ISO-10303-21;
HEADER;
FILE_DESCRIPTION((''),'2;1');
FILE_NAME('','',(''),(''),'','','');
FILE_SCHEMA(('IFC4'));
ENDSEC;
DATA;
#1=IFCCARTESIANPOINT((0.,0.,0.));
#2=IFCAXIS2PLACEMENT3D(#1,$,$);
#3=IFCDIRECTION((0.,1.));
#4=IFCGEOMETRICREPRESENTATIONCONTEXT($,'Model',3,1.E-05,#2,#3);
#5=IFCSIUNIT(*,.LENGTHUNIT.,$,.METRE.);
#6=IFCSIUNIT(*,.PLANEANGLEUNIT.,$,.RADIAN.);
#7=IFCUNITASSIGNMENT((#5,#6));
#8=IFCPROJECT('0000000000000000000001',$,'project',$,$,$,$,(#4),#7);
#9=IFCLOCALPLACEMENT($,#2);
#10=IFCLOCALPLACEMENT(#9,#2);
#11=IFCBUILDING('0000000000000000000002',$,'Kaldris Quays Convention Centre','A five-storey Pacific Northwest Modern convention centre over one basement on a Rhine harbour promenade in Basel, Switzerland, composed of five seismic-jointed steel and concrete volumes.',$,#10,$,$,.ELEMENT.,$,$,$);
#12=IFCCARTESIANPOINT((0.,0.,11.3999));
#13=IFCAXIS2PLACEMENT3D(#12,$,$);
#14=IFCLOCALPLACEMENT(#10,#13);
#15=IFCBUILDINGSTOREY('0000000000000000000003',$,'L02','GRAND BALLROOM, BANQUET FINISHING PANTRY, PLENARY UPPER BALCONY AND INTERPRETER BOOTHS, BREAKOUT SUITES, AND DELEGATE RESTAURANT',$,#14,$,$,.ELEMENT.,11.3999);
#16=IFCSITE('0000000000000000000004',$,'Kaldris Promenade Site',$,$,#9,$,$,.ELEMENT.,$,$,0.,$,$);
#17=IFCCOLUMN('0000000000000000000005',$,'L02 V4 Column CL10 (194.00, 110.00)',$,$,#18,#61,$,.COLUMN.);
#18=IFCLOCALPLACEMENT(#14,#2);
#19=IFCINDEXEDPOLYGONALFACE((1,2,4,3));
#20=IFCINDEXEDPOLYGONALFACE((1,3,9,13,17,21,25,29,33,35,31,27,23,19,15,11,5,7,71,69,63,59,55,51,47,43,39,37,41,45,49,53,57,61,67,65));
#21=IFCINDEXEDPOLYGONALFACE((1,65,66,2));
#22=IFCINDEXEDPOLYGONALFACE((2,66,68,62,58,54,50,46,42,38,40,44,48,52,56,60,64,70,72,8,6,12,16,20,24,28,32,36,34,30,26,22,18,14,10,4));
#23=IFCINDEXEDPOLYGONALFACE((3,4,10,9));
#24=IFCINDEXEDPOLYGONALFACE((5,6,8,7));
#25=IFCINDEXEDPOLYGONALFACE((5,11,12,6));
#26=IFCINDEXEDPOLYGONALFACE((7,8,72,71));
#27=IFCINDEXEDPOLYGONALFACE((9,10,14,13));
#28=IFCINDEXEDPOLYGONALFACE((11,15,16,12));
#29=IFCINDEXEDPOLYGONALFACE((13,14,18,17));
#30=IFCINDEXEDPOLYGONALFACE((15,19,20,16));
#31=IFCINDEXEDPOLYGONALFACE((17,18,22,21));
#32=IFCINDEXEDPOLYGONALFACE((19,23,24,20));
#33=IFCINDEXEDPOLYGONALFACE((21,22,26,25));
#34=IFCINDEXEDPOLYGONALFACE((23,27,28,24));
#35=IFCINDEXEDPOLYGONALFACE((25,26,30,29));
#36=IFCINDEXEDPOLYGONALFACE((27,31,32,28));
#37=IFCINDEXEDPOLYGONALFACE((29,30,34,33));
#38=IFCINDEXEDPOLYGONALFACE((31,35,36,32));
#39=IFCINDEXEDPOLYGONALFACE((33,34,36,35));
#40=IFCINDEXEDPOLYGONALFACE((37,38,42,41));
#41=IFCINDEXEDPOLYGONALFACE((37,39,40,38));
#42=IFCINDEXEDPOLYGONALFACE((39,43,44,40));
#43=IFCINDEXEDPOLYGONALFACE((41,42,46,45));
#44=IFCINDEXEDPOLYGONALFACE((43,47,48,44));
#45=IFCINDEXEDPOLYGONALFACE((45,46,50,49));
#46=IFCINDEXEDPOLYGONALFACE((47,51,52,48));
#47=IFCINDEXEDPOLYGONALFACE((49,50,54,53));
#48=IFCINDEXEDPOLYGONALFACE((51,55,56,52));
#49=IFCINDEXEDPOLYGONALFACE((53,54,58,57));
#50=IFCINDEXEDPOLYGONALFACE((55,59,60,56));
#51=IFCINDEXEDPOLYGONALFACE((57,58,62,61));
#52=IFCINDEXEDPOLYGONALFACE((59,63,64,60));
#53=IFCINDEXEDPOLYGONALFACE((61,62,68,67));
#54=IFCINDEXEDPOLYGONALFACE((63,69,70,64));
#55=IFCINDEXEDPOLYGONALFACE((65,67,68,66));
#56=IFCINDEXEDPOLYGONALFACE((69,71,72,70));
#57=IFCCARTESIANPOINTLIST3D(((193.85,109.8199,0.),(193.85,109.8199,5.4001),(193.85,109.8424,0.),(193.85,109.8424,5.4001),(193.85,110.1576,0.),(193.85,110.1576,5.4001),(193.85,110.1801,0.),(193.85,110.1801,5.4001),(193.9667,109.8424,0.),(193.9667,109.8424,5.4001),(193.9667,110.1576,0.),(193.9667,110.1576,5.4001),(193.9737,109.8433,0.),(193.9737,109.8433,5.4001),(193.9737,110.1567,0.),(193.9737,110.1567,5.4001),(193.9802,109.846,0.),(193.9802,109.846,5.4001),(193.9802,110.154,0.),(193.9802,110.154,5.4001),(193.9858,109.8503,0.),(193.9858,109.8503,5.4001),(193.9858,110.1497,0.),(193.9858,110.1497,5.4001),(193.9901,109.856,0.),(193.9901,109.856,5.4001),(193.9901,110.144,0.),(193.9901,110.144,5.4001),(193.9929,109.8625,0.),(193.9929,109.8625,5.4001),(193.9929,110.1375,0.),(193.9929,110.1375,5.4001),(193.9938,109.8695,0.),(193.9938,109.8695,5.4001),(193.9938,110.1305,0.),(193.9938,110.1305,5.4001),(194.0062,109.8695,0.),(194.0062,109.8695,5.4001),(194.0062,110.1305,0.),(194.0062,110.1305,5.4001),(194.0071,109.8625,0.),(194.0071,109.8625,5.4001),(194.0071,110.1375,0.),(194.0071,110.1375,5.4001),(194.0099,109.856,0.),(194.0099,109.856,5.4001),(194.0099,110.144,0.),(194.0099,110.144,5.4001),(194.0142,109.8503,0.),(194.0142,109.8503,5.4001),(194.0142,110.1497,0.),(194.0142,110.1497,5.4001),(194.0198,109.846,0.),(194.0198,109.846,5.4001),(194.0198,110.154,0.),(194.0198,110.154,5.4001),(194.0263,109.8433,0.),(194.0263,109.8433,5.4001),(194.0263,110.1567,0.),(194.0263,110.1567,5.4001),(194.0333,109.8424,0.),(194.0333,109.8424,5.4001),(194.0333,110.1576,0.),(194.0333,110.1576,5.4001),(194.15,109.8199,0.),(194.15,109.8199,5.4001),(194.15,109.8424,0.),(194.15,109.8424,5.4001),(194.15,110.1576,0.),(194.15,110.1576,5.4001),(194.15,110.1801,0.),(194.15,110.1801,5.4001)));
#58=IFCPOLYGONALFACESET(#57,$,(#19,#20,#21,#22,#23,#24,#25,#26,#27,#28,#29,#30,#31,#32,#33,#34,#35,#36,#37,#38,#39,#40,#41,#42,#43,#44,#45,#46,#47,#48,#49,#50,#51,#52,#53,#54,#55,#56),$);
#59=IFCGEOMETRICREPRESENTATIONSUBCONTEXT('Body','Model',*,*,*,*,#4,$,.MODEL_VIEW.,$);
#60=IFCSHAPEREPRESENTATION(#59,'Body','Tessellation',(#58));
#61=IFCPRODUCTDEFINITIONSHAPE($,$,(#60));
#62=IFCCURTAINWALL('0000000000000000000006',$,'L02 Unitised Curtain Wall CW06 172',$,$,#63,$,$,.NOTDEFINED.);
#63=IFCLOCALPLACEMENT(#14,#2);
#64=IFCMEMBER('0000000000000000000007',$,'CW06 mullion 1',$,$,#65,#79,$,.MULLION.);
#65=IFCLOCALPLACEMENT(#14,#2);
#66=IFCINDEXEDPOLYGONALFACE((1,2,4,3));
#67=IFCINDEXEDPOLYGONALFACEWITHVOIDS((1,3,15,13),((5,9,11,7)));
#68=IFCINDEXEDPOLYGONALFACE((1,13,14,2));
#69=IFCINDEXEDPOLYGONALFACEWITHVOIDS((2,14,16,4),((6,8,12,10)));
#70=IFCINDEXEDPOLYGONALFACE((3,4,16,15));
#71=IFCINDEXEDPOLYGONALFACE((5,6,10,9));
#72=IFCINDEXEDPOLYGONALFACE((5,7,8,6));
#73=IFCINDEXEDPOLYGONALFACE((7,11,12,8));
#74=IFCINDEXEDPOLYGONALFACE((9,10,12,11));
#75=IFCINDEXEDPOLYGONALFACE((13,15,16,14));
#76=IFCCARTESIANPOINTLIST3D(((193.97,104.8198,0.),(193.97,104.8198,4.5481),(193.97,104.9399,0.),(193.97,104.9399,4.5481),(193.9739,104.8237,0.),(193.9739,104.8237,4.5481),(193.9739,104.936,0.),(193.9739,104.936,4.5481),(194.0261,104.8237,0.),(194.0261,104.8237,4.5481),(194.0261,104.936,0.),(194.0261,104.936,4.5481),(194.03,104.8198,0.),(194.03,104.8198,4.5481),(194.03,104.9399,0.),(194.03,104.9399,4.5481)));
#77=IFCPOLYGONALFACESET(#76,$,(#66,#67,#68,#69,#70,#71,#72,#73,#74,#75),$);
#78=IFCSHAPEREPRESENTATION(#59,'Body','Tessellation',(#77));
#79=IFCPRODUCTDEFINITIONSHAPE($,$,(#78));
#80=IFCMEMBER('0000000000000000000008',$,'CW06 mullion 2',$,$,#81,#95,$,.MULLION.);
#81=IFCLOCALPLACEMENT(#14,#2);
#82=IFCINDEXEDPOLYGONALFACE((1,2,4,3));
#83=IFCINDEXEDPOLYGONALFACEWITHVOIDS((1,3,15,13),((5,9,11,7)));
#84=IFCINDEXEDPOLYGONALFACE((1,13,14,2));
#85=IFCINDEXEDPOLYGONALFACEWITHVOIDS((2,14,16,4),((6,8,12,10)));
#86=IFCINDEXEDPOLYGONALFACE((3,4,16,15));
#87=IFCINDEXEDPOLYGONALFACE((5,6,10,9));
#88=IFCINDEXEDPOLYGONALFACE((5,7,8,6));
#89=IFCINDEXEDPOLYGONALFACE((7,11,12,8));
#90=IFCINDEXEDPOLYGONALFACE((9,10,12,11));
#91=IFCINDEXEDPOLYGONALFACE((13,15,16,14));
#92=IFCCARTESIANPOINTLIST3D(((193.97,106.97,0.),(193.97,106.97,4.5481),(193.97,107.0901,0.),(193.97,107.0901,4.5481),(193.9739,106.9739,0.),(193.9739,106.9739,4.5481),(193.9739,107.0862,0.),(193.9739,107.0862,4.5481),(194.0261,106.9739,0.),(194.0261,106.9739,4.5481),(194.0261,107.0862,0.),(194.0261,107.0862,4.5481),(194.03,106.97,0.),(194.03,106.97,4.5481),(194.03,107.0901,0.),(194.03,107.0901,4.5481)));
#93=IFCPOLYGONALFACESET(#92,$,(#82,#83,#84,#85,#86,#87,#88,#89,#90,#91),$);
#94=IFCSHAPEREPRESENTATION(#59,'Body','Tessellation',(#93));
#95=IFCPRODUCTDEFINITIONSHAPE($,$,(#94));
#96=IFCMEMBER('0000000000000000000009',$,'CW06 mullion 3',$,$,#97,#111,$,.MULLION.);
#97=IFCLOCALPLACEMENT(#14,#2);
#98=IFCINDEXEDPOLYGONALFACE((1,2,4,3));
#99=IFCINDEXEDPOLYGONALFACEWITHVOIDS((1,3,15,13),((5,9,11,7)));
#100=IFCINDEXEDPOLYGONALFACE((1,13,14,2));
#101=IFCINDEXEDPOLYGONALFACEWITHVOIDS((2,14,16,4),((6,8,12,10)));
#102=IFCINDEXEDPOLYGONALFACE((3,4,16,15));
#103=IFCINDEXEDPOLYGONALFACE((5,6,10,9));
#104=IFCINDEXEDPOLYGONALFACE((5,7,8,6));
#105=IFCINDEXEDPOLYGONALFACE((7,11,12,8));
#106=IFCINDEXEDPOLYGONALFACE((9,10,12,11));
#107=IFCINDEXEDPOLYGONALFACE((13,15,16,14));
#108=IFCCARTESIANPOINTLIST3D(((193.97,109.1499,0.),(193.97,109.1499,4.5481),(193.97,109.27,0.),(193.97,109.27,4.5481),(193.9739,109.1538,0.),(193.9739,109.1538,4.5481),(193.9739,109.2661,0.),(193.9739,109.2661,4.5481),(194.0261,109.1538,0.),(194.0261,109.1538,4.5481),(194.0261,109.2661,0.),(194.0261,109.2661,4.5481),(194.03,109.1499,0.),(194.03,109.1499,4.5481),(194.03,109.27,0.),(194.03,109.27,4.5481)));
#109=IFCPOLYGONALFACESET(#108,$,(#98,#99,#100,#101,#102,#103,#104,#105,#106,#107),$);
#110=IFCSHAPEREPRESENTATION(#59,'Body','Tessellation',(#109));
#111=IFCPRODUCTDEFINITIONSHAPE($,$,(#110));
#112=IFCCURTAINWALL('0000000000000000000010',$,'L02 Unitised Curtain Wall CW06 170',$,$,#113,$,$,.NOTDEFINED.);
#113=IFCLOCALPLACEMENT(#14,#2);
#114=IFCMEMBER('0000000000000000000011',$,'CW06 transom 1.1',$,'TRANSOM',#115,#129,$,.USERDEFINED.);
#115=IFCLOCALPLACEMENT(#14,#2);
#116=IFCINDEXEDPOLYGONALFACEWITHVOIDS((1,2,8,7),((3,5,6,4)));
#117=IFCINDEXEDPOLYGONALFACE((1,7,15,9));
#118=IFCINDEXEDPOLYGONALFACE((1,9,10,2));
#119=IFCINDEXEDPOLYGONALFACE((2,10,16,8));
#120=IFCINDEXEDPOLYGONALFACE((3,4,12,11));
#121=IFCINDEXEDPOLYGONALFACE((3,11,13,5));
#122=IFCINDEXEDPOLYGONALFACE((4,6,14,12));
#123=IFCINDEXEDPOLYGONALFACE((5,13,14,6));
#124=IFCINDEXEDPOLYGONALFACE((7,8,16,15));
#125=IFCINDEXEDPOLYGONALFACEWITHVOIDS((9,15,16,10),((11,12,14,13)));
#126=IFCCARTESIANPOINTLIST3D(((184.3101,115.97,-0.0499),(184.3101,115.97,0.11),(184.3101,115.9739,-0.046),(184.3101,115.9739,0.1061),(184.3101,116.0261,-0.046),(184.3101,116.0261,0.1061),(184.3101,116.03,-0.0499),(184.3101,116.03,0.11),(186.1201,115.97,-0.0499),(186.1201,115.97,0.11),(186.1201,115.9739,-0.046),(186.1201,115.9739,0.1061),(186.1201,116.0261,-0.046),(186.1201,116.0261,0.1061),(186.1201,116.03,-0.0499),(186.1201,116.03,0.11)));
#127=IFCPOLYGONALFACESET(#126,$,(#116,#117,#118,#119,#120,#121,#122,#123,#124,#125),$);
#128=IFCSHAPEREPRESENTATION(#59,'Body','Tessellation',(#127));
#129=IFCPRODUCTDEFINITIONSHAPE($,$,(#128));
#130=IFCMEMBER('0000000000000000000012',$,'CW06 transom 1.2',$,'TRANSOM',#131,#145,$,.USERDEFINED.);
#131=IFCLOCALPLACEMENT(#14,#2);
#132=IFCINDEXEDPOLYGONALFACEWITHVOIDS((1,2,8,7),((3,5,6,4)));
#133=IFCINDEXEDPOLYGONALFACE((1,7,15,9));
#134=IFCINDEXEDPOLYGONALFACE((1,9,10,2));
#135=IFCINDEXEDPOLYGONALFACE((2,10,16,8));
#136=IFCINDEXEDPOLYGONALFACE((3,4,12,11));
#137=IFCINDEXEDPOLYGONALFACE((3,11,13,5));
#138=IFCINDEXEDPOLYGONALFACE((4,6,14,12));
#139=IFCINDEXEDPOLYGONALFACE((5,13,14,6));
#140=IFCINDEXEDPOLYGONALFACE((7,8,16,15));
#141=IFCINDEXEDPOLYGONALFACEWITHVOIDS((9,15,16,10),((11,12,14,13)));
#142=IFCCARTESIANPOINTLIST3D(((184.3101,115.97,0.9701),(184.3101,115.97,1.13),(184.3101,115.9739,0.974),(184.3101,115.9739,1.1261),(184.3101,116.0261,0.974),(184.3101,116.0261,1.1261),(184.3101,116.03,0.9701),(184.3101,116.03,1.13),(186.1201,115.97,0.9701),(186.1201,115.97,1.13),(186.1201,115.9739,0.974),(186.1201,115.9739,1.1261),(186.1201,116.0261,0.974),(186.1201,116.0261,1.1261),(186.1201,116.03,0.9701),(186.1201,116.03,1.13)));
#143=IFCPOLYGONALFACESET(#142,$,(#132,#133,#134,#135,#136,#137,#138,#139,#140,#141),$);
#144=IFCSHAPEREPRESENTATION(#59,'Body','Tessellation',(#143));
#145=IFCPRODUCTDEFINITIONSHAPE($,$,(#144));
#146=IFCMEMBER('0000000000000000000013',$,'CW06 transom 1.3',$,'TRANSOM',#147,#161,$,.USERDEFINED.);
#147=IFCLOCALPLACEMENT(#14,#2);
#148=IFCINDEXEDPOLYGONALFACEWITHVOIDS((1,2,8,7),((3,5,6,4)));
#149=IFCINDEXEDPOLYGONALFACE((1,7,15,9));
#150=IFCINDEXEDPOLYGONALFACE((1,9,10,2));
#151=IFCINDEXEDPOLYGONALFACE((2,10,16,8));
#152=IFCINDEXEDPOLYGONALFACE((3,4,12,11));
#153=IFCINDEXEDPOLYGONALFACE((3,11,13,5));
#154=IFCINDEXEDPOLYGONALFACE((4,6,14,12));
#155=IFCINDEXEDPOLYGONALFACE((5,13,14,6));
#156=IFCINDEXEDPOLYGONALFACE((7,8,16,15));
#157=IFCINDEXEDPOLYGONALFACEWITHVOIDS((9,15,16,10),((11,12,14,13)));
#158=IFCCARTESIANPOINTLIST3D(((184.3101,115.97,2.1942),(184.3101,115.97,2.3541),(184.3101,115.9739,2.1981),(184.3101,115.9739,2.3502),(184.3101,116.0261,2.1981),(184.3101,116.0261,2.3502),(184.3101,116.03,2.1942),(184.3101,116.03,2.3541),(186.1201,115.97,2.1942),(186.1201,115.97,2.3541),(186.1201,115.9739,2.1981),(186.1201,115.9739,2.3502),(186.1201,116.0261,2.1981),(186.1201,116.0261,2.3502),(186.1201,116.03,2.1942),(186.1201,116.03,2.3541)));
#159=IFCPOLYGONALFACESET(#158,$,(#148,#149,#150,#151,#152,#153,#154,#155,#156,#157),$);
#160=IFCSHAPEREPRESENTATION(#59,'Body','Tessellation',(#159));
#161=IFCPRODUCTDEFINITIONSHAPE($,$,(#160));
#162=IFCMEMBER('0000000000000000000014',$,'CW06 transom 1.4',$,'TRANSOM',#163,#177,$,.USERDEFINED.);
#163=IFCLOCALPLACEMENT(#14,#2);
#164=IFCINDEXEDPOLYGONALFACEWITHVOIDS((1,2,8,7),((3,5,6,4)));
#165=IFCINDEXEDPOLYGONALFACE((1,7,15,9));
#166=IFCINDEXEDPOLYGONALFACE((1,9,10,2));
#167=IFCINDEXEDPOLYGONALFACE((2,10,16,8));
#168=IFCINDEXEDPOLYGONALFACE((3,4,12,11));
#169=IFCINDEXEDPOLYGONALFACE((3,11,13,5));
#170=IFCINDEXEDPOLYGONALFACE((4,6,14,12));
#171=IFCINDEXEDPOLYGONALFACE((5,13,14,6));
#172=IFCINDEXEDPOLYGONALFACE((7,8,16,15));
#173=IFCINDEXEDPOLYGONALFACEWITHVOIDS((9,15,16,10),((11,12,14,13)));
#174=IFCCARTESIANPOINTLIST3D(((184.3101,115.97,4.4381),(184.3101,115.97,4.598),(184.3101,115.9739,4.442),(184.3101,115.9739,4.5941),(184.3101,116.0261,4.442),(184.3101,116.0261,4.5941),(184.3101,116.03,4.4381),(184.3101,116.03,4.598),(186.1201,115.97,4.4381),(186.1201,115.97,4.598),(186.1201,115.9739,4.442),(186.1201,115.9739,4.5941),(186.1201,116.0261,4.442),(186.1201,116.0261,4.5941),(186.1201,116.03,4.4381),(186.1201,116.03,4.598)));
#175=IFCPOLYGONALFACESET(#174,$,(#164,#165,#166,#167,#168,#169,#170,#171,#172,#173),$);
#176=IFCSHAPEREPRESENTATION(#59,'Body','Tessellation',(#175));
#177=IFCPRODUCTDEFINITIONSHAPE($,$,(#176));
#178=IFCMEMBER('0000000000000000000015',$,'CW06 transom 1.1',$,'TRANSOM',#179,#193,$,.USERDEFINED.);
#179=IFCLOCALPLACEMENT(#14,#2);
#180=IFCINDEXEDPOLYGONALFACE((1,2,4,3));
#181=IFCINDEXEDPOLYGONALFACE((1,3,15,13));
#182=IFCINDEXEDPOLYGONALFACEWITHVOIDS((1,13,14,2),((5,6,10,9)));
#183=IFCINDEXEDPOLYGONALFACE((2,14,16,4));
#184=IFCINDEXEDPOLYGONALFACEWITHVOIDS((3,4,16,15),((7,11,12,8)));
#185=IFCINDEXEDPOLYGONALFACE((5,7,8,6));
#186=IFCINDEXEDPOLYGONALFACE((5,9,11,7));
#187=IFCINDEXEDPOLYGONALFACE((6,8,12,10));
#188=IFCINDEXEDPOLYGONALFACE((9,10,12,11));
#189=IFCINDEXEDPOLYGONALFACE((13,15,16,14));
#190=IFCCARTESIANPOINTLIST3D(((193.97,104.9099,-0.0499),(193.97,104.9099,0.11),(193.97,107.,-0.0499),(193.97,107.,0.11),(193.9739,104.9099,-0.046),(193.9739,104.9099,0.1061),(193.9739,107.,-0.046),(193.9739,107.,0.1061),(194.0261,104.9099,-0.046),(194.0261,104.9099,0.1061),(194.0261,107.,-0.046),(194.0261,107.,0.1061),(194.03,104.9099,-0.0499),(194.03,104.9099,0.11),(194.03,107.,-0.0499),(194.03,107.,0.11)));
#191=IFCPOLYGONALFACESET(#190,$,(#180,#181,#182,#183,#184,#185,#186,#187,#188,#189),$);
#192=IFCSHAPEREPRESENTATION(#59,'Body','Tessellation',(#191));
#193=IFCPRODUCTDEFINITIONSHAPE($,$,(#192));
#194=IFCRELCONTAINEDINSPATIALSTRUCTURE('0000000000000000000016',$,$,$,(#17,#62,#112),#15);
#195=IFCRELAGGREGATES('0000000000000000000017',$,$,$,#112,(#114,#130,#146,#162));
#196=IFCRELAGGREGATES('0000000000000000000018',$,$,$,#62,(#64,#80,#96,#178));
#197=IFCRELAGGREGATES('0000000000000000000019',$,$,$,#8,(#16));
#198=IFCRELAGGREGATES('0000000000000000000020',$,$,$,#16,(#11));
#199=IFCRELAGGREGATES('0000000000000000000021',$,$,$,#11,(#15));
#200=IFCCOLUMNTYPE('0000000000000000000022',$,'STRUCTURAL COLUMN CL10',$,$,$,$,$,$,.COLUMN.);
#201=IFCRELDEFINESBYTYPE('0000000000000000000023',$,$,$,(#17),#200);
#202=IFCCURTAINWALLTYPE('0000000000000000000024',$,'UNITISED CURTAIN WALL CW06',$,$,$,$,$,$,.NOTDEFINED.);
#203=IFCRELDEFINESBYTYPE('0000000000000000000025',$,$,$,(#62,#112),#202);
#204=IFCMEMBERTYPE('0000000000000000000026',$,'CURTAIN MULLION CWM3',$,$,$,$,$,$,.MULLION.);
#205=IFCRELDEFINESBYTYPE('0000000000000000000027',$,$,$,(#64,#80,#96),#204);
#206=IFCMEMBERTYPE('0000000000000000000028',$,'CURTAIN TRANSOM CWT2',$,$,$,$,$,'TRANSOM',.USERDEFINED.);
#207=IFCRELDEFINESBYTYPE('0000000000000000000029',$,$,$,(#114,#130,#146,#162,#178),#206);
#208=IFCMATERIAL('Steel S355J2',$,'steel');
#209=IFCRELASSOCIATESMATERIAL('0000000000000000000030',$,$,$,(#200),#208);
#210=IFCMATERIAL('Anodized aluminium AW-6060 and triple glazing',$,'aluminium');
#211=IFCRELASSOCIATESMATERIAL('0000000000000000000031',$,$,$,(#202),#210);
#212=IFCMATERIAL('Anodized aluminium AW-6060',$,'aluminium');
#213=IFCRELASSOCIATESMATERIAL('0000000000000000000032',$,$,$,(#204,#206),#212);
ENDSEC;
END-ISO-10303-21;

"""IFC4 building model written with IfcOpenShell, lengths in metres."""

from ifc_helpers import new_model, si_unit, direction, frame, origin, origin_2d, place, context, subcontext, project, spatial, hollow_rectangle, i_section, extrude, material, material_profile, profile_set, type_object, element, aggregate, save


model = new_model("IFC4")

# Units and contexts
model_context = context("Model", 3, precision=1e-05, world=origin(), true_north=direction((0.0, 1.0)))
body_context = subcontext(model_context, "Body", "Model", "MODEL_VIEW")
ifc_project = project(units=[si_unit("LENGTHUNIT", "METRE"), si_unit("PLANEANGLEUNIT", "RADIAN")], contexts=[model_context])

# Site, building, storey
site_placement = place(None, origin())
site = spatial("IfcSite", under=ifc_project, at=site_placement, Name="Kaldris Promenade Site", CompositionType="ELEMENT", RefElevation=0.0)
building_placement = place(site_placement, origin())
building = spatial("IfcBuilding", under=site, at=building_placement, Name="Kaldris Quays Convention Centre", Description="A five-storey Pacific Northwest Modern convention centre over one basement on a Rhine harbour promenade in Basel, Switzerland, composed of five seismic-jointed steel and concrete volumes.", CompositionType="ELEMENT")
storey_placement = place(building_placement, frame((0.0, 0.0, 11.3999)))
storey = spatial("IfcBuildingStorey", under=building, at=storey_placement, Name="L02", Description="GRAND BALLROOM, BANQUET FINISHING PANTRY, PLENARY UPPER BALCONY AND INTERPRETER BOOTHS, BREAKOUT SUITES, AND DELEGATE RESTAURANT", CompositionType="ELEMENT", Elevation=11.3999)

# Column
ifc_material_1 = material(Name="Steel S355J2", Category="steel")
ifc_material_profile_1 = material_profile(ifc_material_1, i_section(OverallWidth=0.3, OverallDepth=0.3601, WebThickness=0.0125, FlangeThickness=0.0225, FilletRadius=0.0271, at=origin_2d()), Name="HEB 360")
ifc_profile_set_1 = profile_set([ifc_material_profile_1], Name="Steel S355J2")
column_type = type_object("IfcColumnType", Name="STRUCTURAL COLUMN CL10", PredefinedType="COLUMN", material=ifc_profile_set_1)
column_placement = place(storey_placement, frame((194.0, 110.0, 0.0), z_axis=(0.0, 0.0, 1.0), x_axis=(1.0, 0.0, 0.0)))
element("IfcColumn", 1, at=column_placement, inside=storey, type_object=column_type, Name="L02 V4 Column CL10 (194.00, 110.00)", PredefinedType="COLUMN", context=body_context, shape_type="SweptSolid", body=[
    extrude(i_section(OverallWidth=0.3, OverallDepth=0.3601, WebThickness=0.0125, FlangeThickness=0.0225, FilletRadius=0.0271, at=origin_2d()), origin(), (0.0, 0.0, 1.0), 5.4001),
])

# Curtain walls, members
ifc_material_2 = material(Name="Anodized aluminium AW-6060 and triple glazing", Category="aluminium")
curtain_wall_type = type_object("IfcCurtainWallType", Name="UNITISED CURTAIN WALL CW06", PredefinedType="NOTDEFINED", material=ifc_material_2)
curtain_wall_1_placement = place(storey_placement, origin())
curtain_wall_1 = element("IfcCurtainWall", 2, at=curtain_wall_1_placement, inside=storey, type_object=curtain_wall_type, Name="L02 Unitised Curtain Wall CW06 172", PredefinedType="NOTDEFINED")
ifc_material_3 = material(Name="Anodized aluminium AW-6060", Category="aluminium")
ifc_material_profile_2 = material_profile(ifc_material_3, hollow_rectangle(XDim=0.0601, YDim=0.1201, WallThickness=0.0039, at=origin_2d()), Name="RHS 120x60x4")
ifc_profile_set_2 = profile_set([ifc_material_profile_2], Name="Anodized aluminium AW-6060")
member_type_1 = type_object("IfcMemberType", Name="CURTAIN MULLION CWM3", PredefinedType="MULLION", material=ifc_profile_set_2)
member_1_placement = place(storey_placement, frame((194.0, 104.8799, 0.0), z_axis=(0.0, 0.0, 1.0), x_axis=(-1.0, 0.0, 0.0)))
member_1 = element("IfcMember", 3, at=member_1_placement, type_object=member_type_1, Name="CW06 mullion 1", PredefinedType="MULLION", context=body_context, shape_type="SweptSolid", body=[
    extrude(hollow_rectangle(XDim=0.0601, YDim=0.1201, WallThickness=0.0039, at=origin_2d()), origin(), (0.0, 0.0, 1.0), 4.5481),
])
member_2_placement = place(storey_placement, frame((194.0, 107.03, 0.0), z_axis=(0.0, 0.0, 1.0), x_axis=(-1.0, 0.0, 0.0)))
member_2 = element("IfcMember", 4, at=member_2_placement, type_object=member_type_1, Name="CW06 mullion 2", PredefinedType="MULLION", context=body_context, shape_type="SweptSolid", body=[
    extrude(hollow_rectangle(XDim=0.0601, YDim=0.1201, WallThickness=0.0039, at=origin_2d()), origin(), (0.0, 0.0, 1.0), 4.5481),
])
member_3_placement = place(storey_placement, frame((194.0, 109.21, 0.0), z_axis=(0.0, 0.0, 1.0), x_axis=(-1.0, 0.0, 0.0)))
member_3 = element("IfcMember", 5, at=member_3_placement, type_object=member_type_1, Name="CW06 mullion 3", PredefinedType="MULLION", context=body_context, shape_type="SweptSolid", body=[
    extrude(hollow_rectangle(XDim=0.0601, YDim=0.1201, WallThickness=0.0039, at=origin_2d()), origin(), (0.0, 0.0, 1.0), 4.5481),
])
curtain_wall_2_placement = place(storey_placement, origin())
curtain_wall_2 = element("IfcCurtainWall", 6, at=curtain_wall_2_placement, inside=storey, type_object=curtain_wall_type, Name="L02 Unitised Curtain Wall CW06 170", PredefinedType="NOTDEFINED")
ifc_material_profile_3 = material_profile(ifc_material_3, hollow_rectangle(XDim=0.0601, YDim=0.1599, WallThickness=0.0039, at=origin_2d()), Name="RHS 160x60x4")
ifc_profile_set_3 = profile_set([ifc_material_profile_3], Name="Anodized aluminium AW-6060")
member_type_2 = type_object("IfcMemberType", Name="CURTAIN TRANSOM CWT2", ElementType="TRANSOM", PredefinedType="USERDEFINED", material=ifc_profile_set_3)
member_4_placement = place(storey_placement, frame((184.3101, 116.0, 0.03), z_axis=(1.0, 0.0, 0.0), x_axis=(0.0, 1.0, 0.0)))
member_4 = element("IfcMember", 7, at=member_4_placement, type_object=member_type_2, Name="CW06 transom 1.1", ObjectType="TRANSOM", PredefinedType="USERDEFINED", context=body_context, shape_type="SweptSolid", body=[
    extrude(hollow_rectangle(XDim=0.0601, YDim=0.1599, WallThickness=0.0039, at=origin_2d()), origin(), (0.0, 0.0, 1.0), 1.8101),
])
member_5_placement = place(storey_placement, frame((184.3101, 116.0, 1.05), z_axis=(1.0, 0.0, 0.0), x_axis=(0.0, 1.0, 0.0)))
member_5 = element("IfcMember", 8, at=member_5_placement, type_object=member_type_2, Name="CW06 transom 1.2", ObjectType="TRANSOM", PredefinedType="USERDEFINED", context=body_context, shape_type="SweptSolid", body=[
    extrude(hollow_rectangle(XDim=0.0601, YDim=0.1599, WallThickness=0.0039, at=origin_2d()), origin(), (0.0, 0.0, 1.0), 1.8101),
])
member_6_placement = place(storey_placement, frame((184.3101, 116.0, 2.2742), z_axis=(1.0, 0.0, 0.0), x_axis=(0.0, 1.0, 0.0)))
member_6 = element("IfcMember", 9, at=member_6_placement, type_object=member_type_2, Name="CW06 transom 1.3", ObjectType="TRANSOM", PredefinedType="USERDEFINED", context=body_context, shape_type="SweptSolid", body=[
    extrude(hollow_rectangle(XDim=0.0601, YDim=0.1599, WallThickness=0.0039, at=origin_2d()), origin(), (0.0, 0.0, 1.0), 1.8101),
])
member_7_placement = place(storey_placement, frame((184.3101, 116.0, 4.5181), z_axis=(1.0, 0.0, 0.0), x_axis=(0.0, 1.0, 0.0)))
member_7 = element("IfcMember", 10, at=member_7_placement, type_object=member_type_2, Name="CW06 transom 1.4", ObjectType="TRANSOM", PredefinedType="USERDEFINED", context=body_context, shape_type="SweptSolid", body=[
    extrude(hollow_rectangle(XDim=0.0601, YDim=0.1599, WallThickness=0.0039, at=origin_2d()), origin(), (0.0, 0.0, 1.0), 1.8101),
])

# Member
member_8_placement = place(storey_placement, frame((194.0, 104.9099, 0.03), z_axis=(0.0, 1.0, 0.0), x_axis=(-1.0, 0.0, 0.0)))
member_8 = element("IfcMember", 11, at=member_8_placement, type_object=member_type_2, Name="CW06 transom 1.1", ObjectType="TRANSOM", PredefinedType="USERDEFINED", context=body_context, shape_type="SweptSolid", body=[
    extrude(hollow_rectangle(XDim=0.0601, YDim=0.1599, WallThickness=0.0039, at=origin_2d()), origin(), (0.0, 0.0, 1.0), 2.0901),
])

aggregate(curtain_wall_2, [member_4, member_5, member_6, member_7])
aggregate(curtain_wall_1, [member_1, member_2, member_3, member_8])

save(model, "model.ifc")
